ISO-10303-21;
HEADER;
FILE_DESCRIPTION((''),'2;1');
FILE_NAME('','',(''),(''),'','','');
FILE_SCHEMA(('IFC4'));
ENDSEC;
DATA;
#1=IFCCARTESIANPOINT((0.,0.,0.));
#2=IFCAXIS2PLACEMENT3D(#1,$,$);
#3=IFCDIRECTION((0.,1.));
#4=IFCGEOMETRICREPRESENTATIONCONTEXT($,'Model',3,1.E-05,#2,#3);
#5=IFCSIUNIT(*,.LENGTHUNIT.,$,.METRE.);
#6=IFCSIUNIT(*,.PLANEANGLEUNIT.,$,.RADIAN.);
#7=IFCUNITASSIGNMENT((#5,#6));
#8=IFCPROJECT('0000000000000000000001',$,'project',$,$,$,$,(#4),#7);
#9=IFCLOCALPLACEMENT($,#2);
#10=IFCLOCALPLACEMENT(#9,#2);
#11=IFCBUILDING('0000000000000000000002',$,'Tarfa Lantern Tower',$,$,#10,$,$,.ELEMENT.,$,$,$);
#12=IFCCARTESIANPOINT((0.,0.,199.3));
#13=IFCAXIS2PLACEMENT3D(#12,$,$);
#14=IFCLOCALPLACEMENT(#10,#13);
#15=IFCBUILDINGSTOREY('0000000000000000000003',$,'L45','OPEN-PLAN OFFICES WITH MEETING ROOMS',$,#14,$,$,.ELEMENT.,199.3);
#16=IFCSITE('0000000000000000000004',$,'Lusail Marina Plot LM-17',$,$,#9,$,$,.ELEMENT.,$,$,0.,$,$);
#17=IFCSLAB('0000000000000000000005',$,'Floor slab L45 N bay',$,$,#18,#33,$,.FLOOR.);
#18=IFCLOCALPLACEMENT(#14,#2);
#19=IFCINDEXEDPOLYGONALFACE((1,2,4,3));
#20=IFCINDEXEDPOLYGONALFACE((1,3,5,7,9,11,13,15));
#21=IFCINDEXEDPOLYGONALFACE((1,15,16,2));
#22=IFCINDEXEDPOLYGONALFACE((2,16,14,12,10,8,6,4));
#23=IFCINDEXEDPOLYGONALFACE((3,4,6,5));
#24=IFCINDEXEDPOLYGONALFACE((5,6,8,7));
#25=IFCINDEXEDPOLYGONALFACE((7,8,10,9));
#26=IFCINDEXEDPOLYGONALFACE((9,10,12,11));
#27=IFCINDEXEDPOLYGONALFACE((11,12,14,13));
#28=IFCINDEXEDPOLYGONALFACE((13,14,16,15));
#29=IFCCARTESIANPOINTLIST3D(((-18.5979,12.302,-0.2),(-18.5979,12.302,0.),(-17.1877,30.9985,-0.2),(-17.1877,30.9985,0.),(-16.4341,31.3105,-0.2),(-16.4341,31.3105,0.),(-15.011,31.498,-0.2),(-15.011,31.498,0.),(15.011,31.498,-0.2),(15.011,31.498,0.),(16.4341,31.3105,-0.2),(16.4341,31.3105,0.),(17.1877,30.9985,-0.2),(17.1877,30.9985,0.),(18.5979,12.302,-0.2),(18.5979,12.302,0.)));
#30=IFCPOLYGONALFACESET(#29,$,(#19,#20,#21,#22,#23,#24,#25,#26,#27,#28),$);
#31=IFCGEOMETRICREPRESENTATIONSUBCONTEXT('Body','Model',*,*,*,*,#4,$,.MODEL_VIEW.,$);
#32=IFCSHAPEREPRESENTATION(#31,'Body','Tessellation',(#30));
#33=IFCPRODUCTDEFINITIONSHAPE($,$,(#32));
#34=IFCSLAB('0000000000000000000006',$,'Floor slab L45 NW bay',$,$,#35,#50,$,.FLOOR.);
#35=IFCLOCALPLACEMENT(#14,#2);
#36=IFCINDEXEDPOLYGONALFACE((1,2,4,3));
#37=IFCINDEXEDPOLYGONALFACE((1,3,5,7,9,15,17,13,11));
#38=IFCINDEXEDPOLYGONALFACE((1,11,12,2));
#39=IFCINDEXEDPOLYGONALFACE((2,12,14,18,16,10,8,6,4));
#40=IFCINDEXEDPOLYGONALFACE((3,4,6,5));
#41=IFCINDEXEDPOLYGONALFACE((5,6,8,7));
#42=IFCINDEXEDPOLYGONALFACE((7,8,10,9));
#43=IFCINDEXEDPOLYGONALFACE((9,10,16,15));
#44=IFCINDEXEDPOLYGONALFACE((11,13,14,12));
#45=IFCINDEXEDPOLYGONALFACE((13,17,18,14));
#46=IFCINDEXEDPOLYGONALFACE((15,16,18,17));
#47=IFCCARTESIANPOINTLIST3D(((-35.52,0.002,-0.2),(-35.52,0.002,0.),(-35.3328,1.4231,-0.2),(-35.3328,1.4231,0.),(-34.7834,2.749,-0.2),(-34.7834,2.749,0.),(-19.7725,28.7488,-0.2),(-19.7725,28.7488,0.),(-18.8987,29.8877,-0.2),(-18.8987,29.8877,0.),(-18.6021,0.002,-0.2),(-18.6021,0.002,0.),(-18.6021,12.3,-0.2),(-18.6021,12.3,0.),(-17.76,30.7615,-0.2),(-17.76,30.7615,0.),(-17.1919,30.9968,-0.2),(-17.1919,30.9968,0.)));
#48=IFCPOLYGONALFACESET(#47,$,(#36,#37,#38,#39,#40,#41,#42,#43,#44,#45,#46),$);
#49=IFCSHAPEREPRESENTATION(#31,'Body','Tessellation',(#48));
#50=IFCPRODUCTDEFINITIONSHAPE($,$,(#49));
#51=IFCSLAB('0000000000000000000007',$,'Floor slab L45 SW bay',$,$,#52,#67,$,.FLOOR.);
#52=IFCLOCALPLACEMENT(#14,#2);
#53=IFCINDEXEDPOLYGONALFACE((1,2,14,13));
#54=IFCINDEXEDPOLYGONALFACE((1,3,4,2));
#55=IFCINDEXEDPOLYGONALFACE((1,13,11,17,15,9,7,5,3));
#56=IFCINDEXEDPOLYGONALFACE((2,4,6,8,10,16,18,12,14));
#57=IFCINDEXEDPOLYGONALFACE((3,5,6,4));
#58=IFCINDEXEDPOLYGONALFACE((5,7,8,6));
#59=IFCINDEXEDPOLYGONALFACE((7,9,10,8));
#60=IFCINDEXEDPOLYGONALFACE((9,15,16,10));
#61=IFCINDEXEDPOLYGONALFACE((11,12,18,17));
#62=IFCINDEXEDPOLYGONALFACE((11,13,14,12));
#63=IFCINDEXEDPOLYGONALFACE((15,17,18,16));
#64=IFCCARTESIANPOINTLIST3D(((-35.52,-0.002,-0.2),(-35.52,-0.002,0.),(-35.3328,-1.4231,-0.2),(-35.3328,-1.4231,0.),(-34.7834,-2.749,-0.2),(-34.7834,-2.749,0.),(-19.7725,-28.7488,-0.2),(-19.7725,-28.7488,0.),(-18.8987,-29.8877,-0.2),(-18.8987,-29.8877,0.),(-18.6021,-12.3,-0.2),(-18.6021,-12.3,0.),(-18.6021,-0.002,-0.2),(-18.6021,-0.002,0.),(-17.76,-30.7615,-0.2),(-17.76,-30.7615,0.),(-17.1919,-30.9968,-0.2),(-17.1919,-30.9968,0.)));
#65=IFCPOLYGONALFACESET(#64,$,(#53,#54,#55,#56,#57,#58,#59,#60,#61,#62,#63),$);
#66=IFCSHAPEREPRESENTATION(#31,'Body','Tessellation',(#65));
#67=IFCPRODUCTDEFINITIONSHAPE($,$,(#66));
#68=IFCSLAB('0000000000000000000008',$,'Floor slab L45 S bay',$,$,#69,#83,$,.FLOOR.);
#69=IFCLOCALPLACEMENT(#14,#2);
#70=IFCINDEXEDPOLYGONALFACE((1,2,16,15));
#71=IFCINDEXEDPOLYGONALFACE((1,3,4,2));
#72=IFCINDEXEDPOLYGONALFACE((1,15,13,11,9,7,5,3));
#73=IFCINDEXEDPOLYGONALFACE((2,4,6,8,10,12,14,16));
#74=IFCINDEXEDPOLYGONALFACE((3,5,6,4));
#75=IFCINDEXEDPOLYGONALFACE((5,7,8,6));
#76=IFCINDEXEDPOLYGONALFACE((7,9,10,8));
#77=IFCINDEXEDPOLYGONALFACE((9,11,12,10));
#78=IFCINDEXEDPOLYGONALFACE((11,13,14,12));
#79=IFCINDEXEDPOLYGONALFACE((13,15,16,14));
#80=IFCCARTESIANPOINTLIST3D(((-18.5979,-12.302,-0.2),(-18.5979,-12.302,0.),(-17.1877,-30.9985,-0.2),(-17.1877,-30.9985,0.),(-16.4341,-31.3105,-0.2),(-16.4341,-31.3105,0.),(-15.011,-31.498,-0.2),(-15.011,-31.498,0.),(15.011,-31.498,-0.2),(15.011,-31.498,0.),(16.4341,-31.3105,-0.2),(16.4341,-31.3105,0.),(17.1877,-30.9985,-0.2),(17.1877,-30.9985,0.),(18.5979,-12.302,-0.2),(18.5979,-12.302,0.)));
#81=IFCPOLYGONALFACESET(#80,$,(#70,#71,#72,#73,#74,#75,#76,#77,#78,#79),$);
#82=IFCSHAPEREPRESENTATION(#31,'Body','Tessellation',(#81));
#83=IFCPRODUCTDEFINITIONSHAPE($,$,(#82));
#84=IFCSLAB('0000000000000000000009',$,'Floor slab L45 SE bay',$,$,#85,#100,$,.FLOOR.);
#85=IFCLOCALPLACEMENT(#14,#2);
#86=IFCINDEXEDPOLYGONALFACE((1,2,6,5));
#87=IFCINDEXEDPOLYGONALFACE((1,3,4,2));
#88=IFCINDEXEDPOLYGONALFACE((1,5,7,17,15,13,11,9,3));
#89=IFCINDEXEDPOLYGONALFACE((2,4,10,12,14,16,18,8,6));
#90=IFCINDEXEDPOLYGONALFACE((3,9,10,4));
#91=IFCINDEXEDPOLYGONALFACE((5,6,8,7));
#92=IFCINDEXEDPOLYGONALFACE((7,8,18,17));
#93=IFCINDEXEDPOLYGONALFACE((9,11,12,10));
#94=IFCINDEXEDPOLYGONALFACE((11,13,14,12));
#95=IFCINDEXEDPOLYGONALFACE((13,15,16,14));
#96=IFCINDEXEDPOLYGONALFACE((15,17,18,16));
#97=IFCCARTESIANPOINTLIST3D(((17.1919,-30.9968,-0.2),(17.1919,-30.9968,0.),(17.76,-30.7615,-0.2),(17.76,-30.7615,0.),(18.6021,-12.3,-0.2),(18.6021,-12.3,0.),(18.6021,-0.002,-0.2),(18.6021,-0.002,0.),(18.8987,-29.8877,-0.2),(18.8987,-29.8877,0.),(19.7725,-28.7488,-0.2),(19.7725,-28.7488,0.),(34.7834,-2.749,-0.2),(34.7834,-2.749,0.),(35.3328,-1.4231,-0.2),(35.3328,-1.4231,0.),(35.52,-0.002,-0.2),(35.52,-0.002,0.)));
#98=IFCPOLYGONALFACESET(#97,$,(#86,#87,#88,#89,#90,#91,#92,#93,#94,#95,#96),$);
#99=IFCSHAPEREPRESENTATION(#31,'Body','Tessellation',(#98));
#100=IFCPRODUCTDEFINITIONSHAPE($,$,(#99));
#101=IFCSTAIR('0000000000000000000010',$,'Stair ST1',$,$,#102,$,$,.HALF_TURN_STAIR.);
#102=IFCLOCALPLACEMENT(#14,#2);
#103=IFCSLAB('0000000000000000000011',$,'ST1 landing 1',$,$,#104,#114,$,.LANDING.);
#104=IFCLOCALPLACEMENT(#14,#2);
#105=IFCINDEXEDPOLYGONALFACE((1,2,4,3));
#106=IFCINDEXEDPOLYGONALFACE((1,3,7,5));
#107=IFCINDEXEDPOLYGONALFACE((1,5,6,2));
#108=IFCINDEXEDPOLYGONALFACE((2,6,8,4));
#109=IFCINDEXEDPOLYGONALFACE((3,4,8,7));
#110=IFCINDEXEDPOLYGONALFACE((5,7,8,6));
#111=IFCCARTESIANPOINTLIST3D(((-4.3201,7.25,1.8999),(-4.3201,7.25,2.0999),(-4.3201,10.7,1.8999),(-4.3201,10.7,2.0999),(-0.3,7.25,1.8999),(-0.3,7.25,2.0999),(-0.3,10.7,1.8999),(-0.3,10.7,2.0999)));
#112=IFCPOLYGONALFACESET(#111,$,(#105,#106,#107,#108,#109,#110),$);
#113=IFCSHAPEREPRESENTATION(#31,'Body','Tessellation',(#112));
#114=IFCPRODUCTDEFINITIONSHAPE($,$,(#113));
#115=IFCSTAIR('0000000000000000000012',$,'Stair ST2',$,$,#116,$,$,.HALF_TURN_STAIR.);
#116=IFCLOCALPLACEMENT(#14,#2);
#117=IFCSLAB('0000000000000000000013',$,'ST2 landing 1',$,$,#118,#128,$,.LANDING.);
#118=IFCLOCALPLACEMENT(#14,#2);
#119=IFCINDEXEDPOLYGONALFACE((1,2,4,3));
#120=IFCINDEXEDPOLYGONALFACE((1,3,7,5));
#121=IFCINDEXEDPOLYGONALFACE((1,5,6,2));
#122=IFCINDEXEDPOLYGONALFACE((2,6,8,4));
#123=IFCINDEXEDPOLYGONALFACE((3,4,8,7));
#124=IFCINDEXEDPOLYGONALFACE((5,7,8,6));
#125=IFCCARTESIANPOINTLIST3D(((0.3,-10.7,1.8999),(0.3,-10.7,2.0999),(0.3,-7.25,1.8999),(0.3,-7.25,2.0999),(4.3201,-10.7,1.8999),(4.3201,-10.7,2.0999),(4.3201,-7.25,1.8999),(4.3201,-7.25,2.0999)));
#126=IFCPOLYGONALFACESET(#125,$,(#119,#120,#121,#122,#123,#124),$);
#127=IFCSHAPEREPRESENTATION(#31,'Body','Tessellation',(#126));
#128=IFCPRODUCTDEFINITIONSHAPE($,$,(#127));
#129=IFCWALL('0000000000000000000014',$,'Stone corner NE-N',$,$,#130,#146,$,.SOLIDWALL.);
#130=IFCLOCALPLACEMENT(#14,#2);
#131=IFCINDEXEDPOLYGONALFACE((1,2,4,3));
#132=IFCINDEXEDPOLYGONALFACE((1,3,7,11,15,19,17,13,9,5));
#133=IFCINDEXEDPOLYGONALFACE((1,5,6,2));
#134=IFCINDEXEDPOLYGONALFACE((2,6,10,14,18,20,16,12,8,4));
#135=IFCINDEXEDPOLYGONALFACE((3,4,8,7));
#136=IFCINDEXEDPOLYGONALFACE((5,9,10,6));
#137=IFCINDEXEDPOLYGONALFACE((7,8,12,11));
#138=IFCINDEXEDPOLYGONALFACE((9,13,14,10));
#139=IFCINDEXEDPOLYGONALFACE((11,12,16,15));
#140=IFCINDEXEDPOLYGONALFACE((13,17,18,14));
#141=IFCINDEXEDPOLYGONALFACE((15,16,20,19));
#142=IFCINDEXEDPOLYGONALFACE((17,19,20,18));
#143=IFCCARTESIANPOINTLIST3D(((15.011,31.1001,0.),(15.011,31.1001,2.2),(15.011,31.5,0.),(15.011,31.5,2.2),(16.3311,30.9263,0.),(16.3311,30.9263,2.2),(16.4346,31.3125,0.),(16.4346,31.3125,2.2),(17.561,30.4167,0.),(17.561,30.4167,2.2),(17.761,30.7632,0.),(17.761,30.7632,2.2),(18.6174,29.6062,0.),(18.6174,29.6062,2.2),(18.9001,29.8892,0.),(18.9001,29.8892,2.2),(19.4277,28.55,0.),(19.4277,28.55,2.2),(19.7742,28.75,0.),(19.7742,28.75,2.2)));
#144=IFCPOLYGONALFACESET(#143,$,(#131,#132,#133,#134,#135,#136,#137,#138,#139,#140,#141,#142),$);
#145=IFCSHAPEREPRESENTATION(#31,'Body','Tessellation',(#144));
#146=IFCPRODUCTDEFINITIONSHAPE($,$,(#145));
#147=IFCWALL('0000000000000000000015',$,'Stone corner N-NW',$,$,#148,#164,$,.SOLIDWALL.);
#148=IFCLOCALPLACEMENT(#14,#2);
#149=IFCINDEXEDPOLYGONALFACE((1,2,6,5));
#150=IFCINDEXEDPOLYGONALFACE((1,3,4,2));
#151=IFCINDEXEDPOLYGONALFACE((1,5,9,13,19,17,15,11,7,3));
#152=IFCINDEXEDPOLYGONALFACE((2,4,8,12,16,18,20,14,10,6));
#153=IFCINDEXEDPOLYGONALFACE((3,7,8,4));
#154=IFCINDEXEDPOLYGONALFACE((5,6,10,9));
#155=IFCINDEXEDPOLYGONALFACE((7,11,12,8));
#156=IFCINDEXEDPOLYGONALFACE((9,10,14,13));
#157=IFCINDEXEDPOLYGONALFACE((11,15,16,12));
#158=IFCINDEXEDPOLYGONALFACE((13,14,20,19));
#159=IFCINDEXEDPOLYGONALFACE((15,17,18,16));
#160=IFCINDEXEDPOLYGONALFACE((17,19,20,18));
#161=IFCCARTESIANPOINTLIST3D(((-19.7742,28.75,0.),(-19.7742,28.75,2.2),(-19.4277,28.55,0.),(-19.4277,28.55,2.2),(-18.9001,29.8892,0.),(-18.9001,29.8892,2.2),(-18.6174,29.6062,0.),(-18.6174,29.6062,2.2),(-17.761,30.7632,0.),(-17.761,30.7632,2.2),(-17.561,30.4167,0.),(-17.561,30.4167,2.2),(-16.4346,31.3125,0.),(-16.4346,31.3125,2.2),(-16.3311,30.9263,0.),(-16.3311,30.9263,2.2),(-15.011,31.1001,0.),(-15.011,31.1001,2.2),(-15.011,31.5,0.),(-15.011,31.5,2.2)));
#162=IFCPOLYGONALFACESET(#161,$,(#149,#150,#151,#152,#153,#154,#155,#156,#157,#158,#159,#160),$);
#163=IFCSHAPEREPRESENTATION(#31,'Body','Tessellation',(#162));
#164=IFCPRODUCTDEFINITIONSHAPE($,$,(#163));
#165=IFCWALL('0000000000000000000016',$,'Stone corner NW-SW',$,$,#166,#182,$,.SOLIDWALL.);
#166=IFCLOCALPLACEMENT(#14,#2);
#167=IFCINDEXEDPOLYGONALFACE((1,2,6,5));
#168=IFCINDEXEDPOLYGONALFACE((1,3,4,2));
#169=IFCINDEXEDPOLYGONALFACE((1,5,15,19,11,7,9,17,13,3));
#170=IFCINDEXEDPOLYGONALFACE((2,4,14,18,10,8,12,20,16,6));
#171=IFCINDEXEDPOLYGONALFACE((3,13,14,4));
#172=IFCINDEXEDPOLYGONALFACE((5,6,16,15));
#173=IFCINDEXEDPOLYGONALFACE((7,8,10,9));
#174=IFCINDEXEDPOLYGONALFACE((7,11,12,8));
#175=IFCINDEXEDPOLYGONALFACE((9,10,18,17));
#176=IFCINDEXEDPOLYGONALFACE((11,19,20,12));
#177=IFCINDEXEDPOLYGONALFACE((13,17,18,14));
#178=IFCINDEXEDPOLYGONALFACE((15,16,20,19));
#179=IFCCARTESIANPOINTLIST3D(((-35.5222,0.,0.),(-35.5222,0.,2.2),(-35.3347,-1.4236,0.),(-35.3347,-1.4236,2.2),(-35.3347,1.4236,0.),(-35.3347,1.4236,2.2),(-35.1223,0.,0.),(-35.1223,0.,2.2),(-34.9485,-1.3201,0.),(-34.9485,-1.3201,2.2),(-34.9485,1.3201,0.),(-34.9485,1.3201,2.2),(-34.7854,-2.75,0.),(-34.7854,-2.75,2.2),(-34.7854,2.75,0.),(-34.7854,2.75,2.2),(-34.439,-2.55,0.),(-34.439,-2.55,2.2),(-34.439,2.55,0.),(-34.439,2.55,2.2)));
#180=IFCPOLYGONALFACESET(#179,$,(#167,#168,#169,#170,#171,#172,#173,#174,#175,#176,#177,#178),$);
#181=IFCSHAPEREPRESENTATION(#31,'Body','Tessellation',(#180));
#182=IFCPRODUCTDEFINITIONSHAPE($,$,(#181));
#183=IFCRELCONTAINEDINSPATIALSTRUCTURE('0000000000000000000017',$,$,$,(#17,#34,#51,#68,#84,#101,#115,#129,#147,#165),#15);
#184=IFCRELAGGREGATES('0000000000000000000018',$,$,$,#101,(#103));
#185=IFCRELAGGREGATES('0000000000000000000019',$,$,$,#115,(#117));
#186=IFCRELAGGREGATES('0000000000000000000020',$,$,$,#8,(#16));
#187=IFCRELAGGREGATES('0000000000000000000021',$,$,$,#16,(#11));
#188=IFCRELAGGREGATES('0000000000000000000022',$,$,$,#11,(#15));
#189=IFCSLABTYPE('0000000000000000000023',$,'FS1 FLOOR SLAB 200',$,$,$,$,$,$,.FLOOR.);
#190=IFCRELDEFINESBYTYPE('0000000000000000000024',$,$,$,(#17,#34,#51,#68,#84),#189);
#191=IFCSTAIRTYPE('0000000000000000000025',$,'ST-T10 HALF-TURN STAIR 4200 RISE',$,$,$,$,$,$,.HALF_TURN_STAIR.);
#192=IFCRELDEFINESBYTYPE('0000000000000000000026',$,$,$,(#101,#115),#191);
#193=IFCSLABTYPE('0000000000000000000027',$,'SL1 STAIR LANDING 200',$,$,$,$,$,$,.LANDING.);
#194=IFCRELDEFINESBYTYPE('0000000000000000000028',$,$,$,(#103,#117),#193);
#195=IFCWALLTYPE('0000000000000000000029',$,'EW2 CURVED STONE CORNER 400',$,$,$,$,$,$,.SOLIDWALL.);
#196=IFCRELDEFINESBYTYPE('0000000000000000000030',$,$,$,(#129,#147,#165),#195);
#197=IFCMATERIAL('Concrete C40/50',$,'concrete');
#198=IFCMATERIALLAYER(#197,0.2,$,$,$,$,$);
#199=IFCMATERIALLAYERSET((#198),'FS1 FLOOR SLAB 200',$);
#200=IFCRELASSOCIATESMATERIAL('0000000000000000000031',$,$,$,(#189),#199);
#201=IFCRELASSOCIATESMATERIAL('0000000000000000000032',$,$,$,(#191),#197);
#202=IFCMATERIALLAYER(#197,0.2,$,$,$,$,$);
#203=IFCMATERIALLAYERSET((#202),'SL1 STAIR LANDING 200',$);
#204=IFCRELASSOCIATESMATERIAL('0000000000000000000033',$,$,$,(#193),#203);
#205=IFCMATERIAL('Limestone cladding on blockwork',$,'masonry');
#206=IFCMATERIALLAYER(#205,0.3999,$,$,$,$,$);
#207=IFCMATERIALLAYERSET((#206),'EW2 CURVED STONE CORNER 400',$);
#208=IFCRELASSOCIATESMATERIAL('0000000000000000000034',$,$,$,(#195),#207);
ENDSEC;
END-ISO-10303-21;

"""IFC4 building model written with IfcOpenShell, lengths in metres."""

from ifc_helpers import new_model, si_unit, direction, frame, origin, place, context, subcontext, project, spatial, polyline, outline, extrude, material, layer, layer_set, type_object, element, aggregate, save


model = new_model("IFC4")

# Units and contexts
model_context = context("Model", 3, precision=1e-05, world=origin(), true_north=direction((0.0, 1.0)))
body_context = subcontext(model_context, "Body", "Model", "MODEL_VIEW")
ifc_project = project(units=[si_unit("LENGTHUNIT", "METRE"), si_unit("PLANEANGLEUNIT", "RADIAN")], contexts=[model_context])

# Site, building, storey
site_placement = place(None, origin())
site = spatial("IfcSite", under=ifc_project, at=site_placement, Name="Lusail Marina Plot LM-17", CompositionType="ELEMENT", RefElevation=0.0)
building_placement = place(site_placement, origin())
building = spatial("IfcBuilding", under=site, at=building_placement, Name="Tarfa Lantern Tower", CompositionType="ELEMENT")
storey_placement = place(building_placement, frame((0.0, 0.0, 199.3)))
storey = spatial("IfcBuildingStorey", under=building, at=storey_placement, Name="L45", Description="OPEN-PLAN OFFICES WITH MEETING ROOMS", CompositionType="ELEMENT", Elevation=199.3)

# Slabs
ifc_material_1 = material(Name="Concrete C40/50", Category="concrete")
ifc_layer_1 = layer(ifc_material_1, 0.2)
ifc_layer_set_1 = layer_set([ifc_layer_1], Name="FS1 FLOOR SLAB 200")
slab_type_1 = type_object("IfcSlabType", Name="FS1 FLOOR SLAB 200", PredefinedType="FLOOR", material=ifc_layer_set_1)
slab_1_placement = place(storey_placement, frame((0.0, 0.0, -0.2)))
element("IfcSlab", 1, at=slab_1_placement, inside=storey, type_object=slab_type_1, Name="Floor slab L45 N bay", PredefinedType="FLOOR", context=body_context, shape_type="SweptSolid", body=[
    extrude(outline(polyline([(-18.5979, 12.302), (18.5979, 12.302), (17.1877, 30.9985), (16.4341, 31.3105), (15.011, 31.498), (-15.011, 31.498), (-16.4341, 31.3105), (-17.1877, 30.9985), (-18.5979, 12.302)])), origin(), (0.0, 0.0, 1.0), 0.2),
])
slab_2_placement = place(storey_placement, frame((0.0, 0.0, -0.2)))
element("IfcSlab", 2, at=slab_2_placement, inside=storey, type_object=slab_type_1, Name="Floor slab L45 NW bay", PredefinedType="FLOOR", context=body_context, shape_type="SweptSolid", body=[
    extrude(outline(polyline([(-18.6021, 0.002), (-18.6021, 12.3), (-17.1919, 30.9968), (-17.76, 30.7615), (-18.8987, 29.8877), (-19.7725, 28.7488), (-34.7834, 2.749), (-35.3328, 1.4231), (-35.52, 0.002), (-18.6021, 0.002)])), origin(), (0.0, 0.0, 1.0), 0.2),
])
slab_3_placement = place(storey_placement, frame((0.0, 0.0, -0.2)))
element("IfcSlab", 3, at=slab_3_placement, inside=storey, type_object=slab_type_1, Name="Floor slab L45 SW bay", PredefinedType="FLOOR", context=body_context, shape_type="SweptSolid", body=[
    extrude(outline(polyline([(-18.6021, -12.3), (-18.6021, -0.002), (-35.52, -0.002), (-35.3328, -1.4231), (-34.7834, -2.749), (-19.7725, -28.7488), (-18.8987, -29.8877), (-17.76, -30.7615), (-17.1919, -30.9968), (-18.6021, -12.3)])), origin(), (0.0, 0.0, 1.0), 0.2),
])
slab_4_placement = place(storey_placement, frame((0.0, 0.0, -0.2)))
element("IfcSlab", 4, at=slab_4_placement, inside=storey, type_object=slab_type_1, Name="Floor slab L45 S bay", PredefinedType="FLOOR", context=body_context, shape_type="SweptSolid", body=[
    extrude(outline(polyline([(18.5979, -12.302), (-18.5979, -12.302), (-17.1877, -30.9985), (-16.4341, -31.3105), (-15.011, -31.498), (15.011, -31.498), (16.4341, -31.3105), (17.1877, -30.9985), (18.5979, -12.302)])), origin(), (0.0, 0.0, 1.0), 0.2),
])
slab_5_placement = place(storey_placement, frame((0.0, 0.0, -0.2)))
element("IfcSlab", 5, at=slab_5_placement, inside=storey, type_object=slab_type_1, Name="Floor slab L45 SE bay", PredefinedType="FLOOR", context=body_context, shape_type="SweptSolid", body=[
    extrude(outline(polyline([(18.6021, -0.002), (18.6021, -12.3), (17.1919, -30.9968), (17.76, -30.7615), (18.8987, -29.8877), (19.7725, -28.7488), (34.7834, -2.749), (35.3328, -1.4231), (35.52, -0.002), (18.6021, -0.002)])), origin(), (0.0, 0.0, 1.0), 0.2),
])

# Stairs, slabs
stair_type = type_object("IfcStairType", Name="ST-T10 HALF-TURN STAIR 4200 RISE", PredefinedType="HALF_TURN_STAIR", material=ifc_material_1)
stair_1_placement = place(storey_placement, origin())
stair_1 = element("IfcStair", 6, at=stair_1_placement, inside=storey, type_object=stair_type, Name="Stair ST1", PredefinedType="HALF_TURN_STAIR")
ifc_layer_2 = layer(ifc_material_1, 0.2)
ifc_layer_set_2 = layer_set([ifc_layer_2], Name="SL1 STAIR LANDING 200")
slab_type_2 = type_object("IfcSlabType", Name="SL1 STAIR LANDING 200", PredefinedType="LANDING", material=ifc_layer_set_2)
slab_6_placement = place(storey_placement, frame((0.0, 0.0, 1.8999)))
slab_6 = element("IfcSlab", 7, at=slab_6_placement, type_object=slab_type_2, Name="ST1 landing 1", PredefinedType="LANDING", context=body_context, shape_type="SweptSolid", body=[
    extrude(outline(polyline([(-4.3201, 7.25), (-0.3, 7.25), (-0.3, 10.7), (-4.3201, 10.7), (-4.3201, 7.25)])), origin(), (0.0, 0.0, 1.0), 0.2),
])
aggregate(stair_1, [slab_6])
stair_2_placement = place(storey_placement, origin())
stair_2 = element("IfcStair", 8, at=stair_2_placement, inside=storey, type_object=stair_type, Name="Stair ST2", PredefinedType="HALF_TURN_STAIR")
slab_7_placement = place(storey_placement, frame((0.0, 0.0, 1.8999)))
slab_7 = element("IfcSlab", 9, at=slab_7_placement, type_object=slab_type_2, Name="ST2 landing 1", PredefinedType="LANDING", context=body_context, shape_type="SweptSolid", body=[
    extrude(outline(polyline([(4.3201, -7.25), (0.3, -7.25), (0.3, -10.7), (4.3201, -10.7), (4.3201, -7.25)])), origin(), (0.0, 0.0, 1.0), 0.2),
])
aggregate(stair_2, [slab_7])

# Walls
ifc_material_2 = material(Name="Limestone cladding on blockwork", Category="masonry")
ifc_layer_3 = layer(ifc_material_2, 0.3999)
ifc_layer_set_3 = layer_set([ifc_layer_3], Name="EW2 CURVED STONE CORNER 400")
wall_type_1 = type_object("IfcWallType", Name="EW2 CURVED STONE CORNER 400", PredefinedType="SOLIDWALL", material=ifc_layer_set_3)
wall_1_placement = place(storey_placement, origin())
element("IfcWall", 10, at=wall_1_placement, inside=storey, type_object=wall_type_1, Name="Stone corner NE-N", PredefinedType="SOLIDWALL", context=body_context, shape_type="SweptSolid", body=[
    extrude(outline(polyline([(19.7742, 28.75), (18.9001, 29.8892), (17.761, 30.7632), (16.4346, 31.3125), (15.011, 31.5), (15.011, 31.1001), (16.3311, 30.9263), (17.561, 30.4167), (18.6174, 29.6062), (19.4277, 28.55), (19.7742, 28.75)])), origin(), (0.0, 0.0, 1.0), 2.2),
])
wall_2_placement = place(storey_placement, origin())
element("IfcWall", 11, at=wall_2_placement, inside=storey, type_object=wall_type_1, Name="Stone corner N-NW", PredefinedType="SOLIDWALL", context=body_context, shape_type="SweptSolid", body=[
    extrude(outline(polyline([(-15.011, 31.5), (-16.4346, 31.3125), (-17.761, 30.7632), (-18.9001, 29.8892), (-19.7742, 28.75), (-19.4277, 28.55), (-18.6174, 29.6062), (-17.561, 30.4167), (-16.3311, 30.9263), (-15.011, 31.1001), (-15.011, 31.5)])), origin(), (0.0, 0.0, 1.0), 2.2),
])
wall_3_placement = place(storey_placement, origin())
element("IfcWall", 12, at=wall_3_placement, inside=storey, type_object=wall_type_1, Name="Stone corner NW-SW", PredefinedType="SOLIDWALL", context=body_context, shape_type="SweptSolid", body=[
    extrude(outline(polyline([(-34.7854, 2.75), (-35.3347, 1.4236), (-35.5222, 0.0), (-35.3347, -1.4236), (-34.7854, -2.75), (-34.439, -2.55), (-34.9485, -1.3201), (-35.1223, 0.0), (-34.9485, 1.3201), (-34.439, 2.55), (-34.7854, 2.75)])), origin(), (0.0, 0.0, 1.0), 2.2),
])

save(model, "model.ifc")
